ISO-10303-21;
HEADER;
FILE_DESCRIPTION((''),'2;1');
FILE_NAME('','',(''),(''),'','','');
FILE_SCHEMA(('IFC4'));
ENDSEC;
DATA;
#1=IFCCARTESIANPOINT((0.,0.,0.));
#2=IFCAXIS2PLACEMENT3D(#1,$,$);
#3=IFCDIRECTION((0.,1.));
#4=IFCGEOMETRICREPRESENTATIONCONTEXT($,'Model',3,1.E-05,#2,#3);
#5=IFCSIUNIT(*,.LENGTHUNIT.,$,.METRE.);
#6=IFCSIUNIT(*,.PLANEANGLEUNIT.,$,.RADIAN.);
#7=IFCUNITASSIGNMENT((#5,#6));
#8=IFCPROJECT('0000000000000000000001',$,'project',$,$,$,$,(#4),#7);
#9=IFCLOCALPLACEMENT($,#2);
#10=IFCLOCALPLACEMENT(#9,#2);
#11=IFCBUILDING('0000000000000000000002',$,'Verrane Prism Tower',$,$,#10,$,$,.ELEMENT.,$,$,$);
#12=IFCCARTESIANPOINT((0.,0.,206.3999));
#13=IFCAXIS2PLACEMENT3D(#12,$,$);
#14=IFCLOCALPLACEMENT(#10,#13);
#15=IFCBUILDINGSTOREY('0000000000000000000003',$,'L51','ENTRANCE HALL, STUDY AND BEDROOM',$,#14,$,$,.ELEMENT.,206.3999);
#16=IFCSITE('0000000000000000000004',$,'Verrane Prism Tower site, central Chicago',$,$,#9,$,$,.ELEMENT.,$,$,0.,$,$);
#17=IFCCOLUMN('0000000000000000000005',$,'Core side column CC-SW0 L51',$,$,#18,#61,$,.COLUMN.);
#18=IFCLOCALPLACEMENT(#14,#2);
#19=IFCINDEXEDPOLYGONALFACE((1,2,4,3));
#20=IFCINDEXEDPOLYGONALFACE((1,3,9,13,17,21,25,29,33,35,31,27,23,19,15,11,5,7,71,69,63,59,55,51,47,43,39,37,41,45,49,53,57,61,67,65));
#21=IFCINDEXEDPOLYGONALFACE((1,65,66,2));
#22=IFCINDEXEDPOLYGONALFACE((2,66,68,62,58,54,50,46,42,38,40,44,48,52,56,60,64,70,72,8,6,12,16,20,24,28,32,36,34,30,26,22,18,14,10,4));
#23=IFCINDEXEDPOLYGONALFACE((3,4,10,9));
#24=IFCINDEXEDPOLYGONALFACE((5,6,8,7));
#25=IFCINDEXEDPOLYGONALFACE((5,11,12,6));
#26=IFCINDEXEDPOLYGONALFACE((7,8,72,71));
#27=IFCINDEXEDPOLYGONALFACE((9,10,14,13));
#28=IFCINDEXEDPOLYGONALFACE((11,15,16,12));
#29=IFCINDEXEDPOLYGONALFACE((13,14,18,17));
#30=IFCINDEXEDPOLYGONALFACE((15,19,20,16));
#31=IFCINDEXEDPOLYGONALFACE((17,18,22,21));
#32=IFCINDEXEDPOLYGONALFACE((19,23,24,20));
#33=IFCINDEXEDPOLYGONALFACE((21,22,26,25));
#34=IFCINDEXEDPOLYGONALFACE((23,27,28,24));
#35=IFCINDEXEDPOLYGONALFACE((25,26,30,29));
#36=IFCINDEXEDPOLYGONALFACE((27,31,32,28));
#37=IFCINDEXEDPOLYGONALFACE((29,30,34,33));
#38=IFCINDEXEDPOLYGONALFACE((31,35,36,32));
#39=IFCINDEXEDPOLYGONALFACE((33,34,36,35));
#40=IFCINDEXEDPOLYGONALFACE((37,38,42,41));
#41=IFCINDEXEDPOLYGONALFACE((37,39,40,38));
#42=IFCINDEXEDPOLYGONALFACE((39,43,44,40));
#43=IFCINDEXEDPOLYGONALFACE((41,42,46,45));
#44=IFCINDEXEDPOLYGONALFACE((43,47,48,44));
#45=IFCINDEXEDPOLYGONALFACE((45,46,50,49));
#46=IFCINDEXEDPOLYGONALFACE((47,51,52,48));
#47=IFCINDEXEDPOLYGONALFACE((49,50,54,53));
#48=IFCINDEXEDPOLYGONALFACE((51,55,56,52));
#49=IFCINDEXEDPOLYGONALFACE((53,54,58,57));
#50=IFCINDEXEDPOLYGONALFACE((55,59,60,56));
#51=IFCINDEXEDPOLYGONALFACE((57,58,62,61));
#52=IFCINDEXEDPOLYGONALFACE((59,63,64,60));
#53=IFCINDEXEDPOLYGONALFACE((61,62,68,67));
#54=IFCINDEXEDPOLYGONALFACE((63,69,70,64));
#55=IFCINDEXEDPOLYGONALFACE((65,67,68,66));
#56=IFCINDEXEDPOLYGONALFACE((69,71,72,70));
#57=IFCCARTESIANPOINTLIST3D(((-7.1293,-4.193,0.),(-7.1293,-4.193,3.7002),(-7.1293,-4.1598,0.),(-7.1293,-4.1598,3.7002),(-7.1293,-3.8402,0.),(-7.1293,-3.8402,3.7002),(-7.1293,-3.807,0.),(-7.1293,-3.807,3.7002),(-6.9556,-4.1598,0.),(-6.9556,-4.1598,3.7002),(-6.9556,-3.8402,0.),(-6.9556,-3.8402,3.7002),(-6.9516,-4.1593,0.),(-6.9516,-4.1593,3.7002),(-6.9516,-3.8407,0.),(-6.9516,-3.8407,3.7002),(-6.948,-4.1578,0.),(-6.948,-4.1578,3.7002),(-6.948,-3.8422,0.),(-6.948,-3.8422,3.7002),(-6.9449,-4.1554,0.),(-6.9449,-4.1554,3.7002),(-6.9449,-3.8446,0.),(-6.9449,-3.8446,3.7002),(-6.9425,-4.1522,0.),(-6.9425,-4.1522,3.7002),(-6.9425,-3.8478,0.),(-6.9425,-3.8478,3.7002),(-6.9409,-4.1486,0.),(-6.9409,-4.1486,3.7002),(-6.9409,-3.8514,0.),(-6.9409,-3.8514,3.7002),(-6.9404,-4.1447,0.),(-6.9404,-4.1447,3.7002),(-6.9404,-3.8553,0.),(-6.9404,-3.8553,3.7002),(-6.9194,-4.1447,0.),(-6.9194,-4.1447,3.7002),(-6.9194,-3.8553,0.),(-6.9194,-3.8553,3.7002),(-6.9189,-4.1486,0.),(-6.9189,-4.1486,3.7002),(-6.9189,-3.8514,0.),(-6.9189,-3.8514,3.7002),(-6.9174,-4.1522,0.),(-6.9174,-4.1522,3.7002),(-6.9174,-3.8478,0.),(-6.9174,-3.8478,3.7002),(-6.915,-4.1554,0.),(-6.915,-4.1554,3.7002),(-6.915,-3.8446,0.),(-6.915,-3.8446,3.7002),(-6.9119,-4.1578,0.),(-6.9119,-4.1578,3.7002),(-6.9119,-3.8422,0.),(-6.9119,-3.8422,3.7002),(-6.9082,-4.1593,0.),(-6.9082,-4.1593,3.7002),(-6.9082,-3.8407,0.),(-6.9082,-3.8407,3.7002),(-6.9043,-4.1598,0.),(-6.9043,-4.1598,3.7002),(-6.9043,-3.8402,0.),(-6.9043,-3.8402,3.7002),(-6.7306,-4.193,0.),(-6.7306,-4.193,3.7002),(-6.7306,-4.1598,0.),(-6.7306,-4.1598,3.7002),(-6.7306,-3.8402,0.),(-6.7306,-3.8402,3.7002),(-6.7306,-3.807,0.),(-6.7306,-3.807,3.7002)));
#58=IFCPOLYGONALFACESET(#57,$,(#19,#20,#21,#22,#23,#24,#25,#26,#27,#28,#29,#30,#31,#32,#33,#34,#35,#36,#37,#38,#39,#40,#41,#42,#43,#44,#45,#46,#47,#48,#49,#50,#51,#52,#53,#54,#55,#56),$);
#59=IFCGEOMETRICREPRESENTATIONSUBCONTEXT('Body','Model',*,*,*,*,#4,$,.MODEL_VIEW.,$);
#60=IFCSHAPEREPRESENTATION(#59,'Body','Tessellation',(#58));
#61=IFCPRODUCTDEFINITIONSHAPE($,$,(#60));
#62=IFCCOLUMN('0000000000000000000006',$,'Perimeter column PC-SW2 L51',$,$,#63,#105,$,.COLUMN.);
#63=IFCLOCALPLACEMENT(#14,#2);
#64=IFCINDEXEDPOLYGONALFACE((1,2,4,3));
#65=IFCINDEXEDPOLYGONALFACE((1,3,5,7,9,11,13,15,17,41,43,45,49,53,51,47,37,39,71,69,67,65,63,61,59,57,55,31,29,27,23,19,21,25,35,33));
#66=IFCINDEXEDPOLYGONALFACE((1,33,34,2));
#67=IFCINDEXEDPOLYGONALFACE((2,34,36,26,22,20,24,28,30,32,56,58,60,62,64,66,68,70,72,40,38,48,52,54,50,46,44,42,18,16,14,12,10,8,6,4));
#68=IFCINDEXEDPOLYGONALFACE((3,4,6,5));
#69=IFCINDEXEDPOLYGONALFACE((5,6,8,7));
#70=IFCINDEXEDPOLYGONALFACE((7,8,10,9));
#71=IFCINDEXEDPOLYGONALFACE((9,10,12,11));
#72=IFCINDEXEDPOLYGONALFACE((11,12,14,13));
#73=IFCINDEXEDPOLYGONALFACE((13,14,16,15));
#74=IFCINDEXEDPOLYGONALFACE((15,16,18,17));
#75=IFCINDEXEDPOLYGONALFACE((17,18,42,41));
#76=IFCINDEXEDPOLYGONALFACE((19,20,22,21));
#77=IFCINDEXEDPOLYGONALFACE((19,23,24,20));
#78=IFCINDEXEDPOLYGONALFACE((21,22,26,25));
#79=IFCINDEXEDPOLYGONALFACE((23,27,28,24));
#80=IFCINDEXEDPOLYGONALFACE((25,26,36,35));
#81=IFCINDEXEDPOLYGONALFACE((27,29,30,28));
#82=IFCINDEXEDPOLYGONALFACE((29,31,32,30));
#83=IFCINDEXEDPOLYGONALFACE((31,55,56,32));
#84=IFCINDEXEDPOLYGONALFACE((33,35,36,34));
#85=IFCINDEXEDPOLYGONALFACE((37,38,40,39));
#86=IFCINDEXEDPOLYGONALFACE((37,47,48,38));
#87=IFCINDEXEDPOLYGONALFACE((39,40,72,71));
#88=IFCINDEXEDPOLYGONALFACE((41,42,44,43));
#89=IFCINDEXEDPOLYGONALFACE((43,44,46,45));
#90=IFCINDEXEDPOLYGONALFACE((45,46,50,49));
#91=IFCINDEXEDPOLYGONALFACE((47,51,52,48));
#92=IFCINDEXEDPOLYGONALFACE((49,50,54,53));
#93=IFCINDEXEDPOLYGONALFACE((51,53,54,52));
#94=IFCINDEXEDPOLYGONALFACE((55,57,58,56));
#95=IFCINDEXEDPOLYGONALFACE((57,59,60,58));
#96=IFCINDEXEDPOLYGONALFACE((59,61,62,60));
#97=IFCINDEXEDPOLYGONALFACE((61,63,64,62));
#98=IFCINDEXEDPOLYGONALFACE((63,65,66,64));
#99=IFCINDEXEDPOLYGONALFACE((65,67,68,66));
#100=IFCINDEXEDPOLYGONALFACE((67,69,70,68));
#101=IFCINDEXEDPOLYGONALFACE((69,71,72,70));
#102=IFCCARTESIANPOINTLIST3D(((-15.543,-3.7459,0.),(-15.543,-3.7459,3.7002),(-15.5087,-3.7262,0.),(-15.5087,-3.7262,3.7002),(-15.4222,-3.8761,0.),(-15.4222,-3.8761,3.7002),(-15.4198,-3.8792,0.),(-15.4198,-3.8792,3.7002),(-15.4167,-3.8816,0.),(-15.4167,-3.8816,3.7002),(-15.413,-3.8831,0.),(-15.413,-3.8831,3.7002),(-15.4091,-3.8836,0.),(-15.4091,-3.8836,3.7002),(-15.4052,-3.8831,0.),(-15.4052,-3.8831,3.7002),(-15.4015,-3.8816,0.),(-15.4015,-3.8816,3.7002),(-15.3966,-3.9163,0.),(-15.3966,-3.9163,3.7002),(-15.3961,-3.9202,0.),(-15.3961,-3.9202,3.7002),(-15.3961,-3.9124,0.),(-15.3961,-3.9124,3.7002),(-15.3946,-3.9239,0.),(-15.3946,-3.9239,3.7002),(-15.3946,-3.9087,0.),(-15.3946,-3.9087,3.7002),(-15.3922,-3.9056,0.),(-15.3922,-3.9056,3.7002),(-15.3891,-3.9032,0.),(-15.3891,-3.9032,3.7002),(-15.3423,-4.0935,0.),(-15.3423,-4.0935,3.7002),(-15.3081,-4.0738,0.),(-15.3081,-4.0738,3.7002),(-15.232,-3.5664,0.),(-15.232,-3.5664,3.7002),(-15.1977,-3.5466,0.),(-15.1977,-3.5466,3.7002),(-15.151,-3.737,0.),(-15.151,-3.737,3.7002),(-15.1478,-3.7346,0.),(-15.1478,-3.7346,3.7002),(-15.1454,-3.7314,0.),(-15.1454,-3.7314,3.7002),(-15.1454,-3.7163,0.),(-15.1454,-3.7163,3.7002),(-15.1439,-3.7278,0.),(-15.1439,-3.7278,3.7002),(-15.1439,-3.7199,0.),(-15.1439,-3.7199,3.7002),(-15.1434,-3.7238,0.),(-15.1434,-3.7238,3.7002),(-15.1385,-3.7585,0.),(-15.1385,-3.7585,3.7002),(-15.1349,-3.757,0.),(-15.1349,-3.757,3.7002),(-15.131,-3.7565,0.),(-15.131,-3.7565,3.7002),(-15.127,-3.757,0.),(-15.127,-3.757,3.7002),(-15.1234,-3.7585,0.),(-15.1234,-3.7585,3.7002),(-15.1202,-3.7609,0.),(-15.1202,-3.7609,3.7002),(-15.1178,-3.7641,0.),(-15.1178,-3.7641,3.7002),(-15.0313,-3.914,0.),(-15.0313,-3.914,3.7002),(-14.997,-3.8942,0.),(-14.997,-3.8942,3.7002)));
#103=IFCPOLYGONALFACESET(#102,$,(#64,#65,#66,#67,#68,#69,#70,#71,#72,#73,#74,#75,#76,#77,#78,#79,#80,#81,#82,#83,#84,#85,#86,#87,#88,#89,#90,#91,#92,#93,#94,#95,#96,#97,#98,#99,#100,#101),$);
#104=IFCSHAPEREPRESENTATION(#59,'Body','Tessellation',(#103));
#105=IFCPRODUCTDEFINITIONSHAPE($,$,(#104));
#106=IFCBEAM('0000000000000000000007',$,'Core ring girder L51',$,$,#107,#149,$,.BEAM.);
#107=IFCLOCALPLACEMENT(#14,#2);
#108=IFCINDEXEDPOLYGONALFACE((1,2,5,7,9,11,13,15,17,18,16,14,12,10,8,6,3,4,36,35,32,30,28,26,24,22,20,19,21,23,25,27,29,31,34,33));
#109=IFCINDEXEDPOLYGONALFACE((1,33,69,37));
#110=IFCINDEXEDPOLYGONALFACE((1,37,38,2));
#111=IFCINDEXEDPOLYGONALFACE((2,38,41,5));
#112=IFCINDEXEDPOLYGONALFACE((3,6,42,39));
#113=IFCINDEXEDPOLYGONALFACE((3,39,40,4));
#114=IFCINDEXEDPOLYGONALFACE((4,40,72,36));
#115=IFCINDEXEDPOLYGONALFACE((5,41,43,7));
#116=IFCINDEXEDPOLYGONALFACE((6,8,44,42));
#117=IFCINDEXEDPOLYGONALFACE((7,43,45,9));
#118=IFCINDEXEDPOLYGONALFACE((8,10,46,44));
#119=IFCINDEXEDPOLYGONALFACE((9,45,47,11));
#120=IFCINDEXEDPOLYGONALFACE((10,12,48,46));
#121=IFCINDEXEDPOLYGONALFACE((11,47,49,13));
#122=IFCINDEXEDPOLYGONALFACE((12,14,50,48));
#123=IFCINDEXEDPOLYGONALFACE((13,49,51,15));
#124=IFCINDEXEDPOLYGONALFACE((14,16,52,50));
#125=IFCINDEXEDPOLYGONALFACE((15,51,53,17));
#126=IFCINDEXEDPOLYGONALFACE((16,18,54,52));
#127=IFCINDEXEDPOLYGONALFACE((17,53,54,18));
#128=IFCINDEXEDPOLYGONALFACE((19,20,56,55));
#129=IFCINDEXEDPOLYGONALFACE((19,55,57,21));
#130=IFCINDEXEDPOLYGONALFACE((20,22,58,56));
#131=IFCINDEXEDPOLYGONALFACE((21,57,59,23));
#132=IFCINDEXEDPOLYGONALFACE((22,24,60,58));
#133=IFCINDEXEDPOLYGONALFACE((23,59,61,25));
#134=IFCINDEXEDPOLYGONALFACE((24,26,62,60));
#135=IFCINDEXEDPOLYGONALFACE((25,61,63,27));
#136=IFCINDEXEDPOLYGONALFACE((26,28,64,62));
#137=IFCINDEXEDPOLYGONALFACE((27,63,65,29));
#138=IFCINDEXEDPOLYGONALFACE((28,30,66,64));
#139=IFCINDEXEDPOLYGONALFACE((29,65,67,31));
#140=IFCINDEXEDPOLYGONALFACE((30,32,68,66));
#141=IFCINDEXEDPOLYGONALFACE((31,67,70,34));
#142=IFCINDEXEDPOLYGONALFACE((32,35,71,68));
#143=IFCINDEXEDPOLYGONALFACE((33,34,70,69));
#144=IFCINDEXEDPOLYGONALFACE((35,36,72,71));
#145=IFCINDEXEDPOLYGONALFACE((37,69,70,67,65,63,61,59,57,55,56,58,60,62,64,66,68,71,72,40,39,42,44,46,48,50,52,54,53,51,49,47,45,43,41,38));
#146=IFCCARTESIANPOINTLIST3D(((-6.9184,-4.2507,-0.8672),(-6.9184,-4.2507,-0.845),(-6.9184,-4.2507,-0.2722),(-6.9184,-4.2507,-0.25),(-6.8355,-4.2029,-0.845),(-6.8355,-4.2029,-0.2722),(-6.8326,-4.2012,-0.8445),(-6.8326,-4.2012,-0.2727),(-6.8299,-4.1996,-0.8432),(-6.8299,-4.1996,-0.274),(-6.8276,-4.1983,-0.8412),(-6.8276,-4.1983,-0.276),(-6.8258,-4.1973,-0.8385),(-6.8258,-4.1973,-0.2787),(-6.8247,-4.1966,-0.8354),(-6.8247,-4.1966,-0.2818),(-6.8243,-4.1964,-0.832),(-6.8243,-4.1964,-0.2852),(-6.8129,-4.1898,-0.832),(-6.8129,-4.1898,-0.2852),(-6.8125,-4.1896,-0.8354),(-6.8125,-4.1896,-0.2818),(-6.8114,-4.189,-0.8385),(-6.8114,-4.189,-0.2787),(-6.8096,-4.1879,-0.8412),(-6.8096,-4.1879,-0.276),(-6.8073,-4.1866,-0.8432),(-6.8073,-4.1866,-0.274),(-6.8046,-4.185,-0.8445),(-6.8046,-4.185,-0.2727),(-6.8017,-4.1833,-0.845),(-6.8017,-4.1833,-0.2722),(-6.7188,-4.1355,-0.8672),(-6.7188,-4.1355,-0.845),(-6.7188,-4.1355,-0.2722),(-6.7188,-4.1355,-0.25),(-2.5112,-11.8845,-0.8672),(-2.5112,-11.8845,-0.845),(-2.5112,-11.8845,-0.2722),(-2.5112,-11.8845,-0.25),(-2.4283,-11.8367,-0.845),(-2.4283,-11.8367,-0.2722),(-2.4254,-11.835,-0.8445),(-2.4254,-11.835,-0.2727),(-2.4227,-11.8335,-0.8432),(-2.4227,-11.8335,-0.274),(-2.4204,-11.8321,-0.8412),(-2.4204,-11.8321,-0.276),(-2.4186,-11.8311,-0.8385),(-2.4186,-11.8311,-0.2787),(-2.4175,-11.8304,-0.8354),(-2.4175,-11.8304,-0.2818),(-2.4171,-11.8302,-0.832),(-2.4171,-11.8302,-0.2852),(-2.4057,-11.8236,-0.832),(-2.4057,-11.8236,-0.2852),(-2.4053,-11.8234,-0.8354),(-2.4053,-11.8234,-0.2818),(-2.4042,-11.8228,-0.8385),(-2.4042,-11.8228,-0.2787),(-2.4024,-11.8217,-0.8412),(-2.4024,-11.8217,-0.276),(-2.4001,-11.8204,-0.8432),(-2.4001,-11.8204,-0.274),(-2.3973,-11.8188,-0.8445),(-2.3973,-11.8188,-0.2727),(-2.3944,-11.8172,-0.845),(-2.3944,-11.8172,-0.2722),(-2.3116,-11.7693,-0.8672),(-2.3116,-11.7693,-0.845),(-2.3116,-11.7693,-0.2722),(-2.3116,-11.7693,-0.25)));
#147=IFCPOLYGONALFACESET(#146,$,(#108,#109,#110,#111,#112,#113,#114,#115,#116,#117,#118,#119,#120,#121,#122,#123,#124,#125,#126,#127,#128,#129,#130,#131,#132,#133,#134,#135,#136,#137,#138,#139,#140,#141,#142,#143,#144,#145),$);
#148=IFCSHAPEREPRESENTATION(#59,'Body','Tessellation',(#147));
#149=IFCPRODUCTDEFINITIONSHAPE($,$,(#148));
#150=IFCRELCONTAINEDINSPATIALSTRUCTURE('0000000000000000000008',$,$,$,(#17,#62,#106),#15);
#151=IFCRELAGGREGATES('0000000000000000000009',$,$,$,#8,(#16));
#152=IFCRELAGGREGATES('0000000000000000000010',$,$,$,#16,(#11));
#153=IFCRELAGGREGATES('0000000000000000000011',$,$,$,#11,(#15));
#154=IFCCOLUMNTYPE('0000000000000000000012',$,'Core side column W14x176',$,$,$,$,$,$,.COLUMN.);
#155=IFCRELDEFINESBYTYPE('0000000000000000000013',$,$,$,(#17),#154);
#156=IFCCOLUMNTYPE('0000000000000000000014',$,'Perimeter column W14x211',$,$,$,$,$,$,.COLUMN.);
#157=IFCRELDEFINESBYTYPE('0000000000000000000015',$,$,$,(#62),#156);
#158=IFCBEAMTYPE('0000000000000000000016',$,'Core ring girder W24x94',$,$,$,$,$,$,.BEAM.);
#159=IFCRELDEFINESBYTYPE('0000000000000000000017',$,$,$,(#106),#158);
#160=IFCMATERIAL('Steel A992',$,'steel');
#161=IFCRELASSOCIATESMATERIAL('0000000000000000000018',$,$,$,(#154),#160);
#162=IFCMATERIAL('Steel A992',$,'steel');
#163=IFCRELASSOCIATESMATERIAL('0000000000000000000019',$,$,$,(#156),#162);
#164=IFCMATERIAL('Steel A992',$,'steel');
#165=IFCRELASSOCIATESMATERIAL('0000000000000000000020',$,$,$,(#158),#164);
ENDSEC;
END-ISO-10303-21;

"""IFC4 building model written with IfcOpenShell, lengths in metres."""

from ifc_helpers import new_model, si_unit, direction, frame, origin, origin_2d, place, context, subcontext, project, spatial, i_section, extrude, material, material_profile, profile_set, type_object, element, save


model = new_model("IFC4")

# Units and contexts
model_context = context("Model", 3, precision=1e-05, world=origin(), true_north=direction((0.0, 1.0)))
body_context = subcontext(model_context, "Body", "Model", "MODEL_VIEW")
ifc_project = project(units=[si_unit("LENGTHUNIT", "METRE"), si_unit("PLANEANGLEUNIT", "RADIAN")], contexts=[model_context])

# Site, building, storey
site_placement = place(None, origin())
site = spatial("IfcSite", under=ifc_project, at=site_placement, Name="Verrane Prism Tower site, central Chicago", CompositionType="ELEMENT", RefElevation=0.0)
building_placement = place(site_placement, origin())
building = spatial("IfcBuilding", under=site, at=building_placement, Name="Verrane Prism Tower", CompositionType="ELEMENT")
storey_placement = place(building_placement, frame((0.0, 0.0, 206.3999)))
storey = spatial("IfcBuildingStorey", under=building, at=storey_placement, Name="L51", Description="ENTRANCE HALL, STUDY AND BEDROOM", CompositionType="ELEMENT", Elevation=206.3999)

# Columns
ifc_material_1 = material(Name="Steel A992", Category="steel")
ifc_material_profile_1 = material_profile(ifc_material_1, i_section(OverallWidth=0.3987, OverallDepth=0.386, WebThickness=0.021, FlangeThickness=0.0332, FilletRadius=0.0151, at=origin_2d()), Name="W14x176")
ifc_profile_set_1 = profile_set([ifc_material_profile_1], Name="Steel A992")
column_type_1 = type_object("IfcColumnType", Name="Core side column W14x176", PredefinedType="COLUMN", material=ifc_profile_set_1)
column_1_placement = place(storey_placement, frame((-6.9299, -4.0, 0.0), z_axis=(0.0, 0.0, 1.0), x_axis=(1.0, 0.0, 0.0)))
element("IfcColumn", 1, at=column_1_placement, inside=storey, type_object=column_type_1, Name="Core side column CC-SW0 L51", PredefinedType="COLUMN", context=body_context, shape_type="SweptSolid", body=[
    extrude(i_section(OverallWidth=0.3987, OverallDepth=0.386, WebThickness=0.021, FlangeThickness=0.0332, FilletRadius=0.0151, at=origin_2d()), origin(), (0.0, 0.0, 1.0), 3.7002),
])
ifc_material_2 = material(Name="Steel A992", Category="steel")
ifc_material_profile_2 = material_profile(ifc_material_2, i_section(OverallWidth=0.4014, OverallDepth=0.3987, WebThickness=0.0249, FlangeThickness=0.0396, FilletRadius=0.0151, at=origin_2d()), Name="W14x211")
ifc_profile_set_2 = profile_set([ifc_material_profile_2], Name="Steel A992")
column_type_2 = type_object("IfcColumnType", Name="Perimeter column W14x211", PredefinedType="COLUMN", material=ifc_profile_set_2)
column_2_placement = place(storey_placement, frame((-15.27, -3.8201, 0.0), z_axis=(0.0, 0.0, 1.0), x_axis=(-0.5, 0.866025, 0.0)))
element("IfcColumn", 2, at=column_2_placement, inside=storey, type_object=column_type_2, Name="Perimeter column PC-SW2 L51", PredefinedType="COLUMN", context=body_context, shape_type="SweptSolid", body=[
    extrude(i_section(OverallWidth=0.4014, OverallDepth=0.3987, WebThickness=0.0249, FlangeThickness=0.0396, FilletRadius=0.0151, at=origin_2d()), origin(), (0.0, 0.0, 1.0), 3.7002),
])

# Beam
ifc_material_3 = material(Name="Steel A992", Category="steel")
ifc_material_profile_3 = material_profile(ifc_material_3, i_section(OverallWidth=0.2305, OverallDepth=0.6172, WebThickness=0.0132, FlangeThickness=0.0222, FilletRadius=0.0129, at=origin_2d()), Name="W24x94")
ifc_profile_set_3 = profile_set([ifc_material_profile_3], Name="Steel A992")
beam_type_1 = type_object("IfcBeamType", Name="Core ring girder W24x94", PredefinedType="BEAM", material=ifc_profile_set_3)
beam_1_placement = place(storey_placement, frame((-6.8186, -4.1931, -0.5586), z_axis=(0.499988, -0.866032, 0.0), x_axis=(0.866032, 0.499988, 0.0)))
element("IfcBeam", 3, at=beam_1_placement, inside=storey, type_object=beam_type_1, Name="Core ring girder L51", PredefinedType="BEAM", context=body_context, shape_type="SweptSolid", body=[
    extrude(i_section(OverallWidth=0.2305, OverallDepth=0.6172, WebThickness=0.0132, FlangeThickness=0.0222, FilletRadius=0.0129, at=origin_2d()), origin(), (0.0, 0.0, 1.0), 8.8147),
])

save(model, "model.ifc")
